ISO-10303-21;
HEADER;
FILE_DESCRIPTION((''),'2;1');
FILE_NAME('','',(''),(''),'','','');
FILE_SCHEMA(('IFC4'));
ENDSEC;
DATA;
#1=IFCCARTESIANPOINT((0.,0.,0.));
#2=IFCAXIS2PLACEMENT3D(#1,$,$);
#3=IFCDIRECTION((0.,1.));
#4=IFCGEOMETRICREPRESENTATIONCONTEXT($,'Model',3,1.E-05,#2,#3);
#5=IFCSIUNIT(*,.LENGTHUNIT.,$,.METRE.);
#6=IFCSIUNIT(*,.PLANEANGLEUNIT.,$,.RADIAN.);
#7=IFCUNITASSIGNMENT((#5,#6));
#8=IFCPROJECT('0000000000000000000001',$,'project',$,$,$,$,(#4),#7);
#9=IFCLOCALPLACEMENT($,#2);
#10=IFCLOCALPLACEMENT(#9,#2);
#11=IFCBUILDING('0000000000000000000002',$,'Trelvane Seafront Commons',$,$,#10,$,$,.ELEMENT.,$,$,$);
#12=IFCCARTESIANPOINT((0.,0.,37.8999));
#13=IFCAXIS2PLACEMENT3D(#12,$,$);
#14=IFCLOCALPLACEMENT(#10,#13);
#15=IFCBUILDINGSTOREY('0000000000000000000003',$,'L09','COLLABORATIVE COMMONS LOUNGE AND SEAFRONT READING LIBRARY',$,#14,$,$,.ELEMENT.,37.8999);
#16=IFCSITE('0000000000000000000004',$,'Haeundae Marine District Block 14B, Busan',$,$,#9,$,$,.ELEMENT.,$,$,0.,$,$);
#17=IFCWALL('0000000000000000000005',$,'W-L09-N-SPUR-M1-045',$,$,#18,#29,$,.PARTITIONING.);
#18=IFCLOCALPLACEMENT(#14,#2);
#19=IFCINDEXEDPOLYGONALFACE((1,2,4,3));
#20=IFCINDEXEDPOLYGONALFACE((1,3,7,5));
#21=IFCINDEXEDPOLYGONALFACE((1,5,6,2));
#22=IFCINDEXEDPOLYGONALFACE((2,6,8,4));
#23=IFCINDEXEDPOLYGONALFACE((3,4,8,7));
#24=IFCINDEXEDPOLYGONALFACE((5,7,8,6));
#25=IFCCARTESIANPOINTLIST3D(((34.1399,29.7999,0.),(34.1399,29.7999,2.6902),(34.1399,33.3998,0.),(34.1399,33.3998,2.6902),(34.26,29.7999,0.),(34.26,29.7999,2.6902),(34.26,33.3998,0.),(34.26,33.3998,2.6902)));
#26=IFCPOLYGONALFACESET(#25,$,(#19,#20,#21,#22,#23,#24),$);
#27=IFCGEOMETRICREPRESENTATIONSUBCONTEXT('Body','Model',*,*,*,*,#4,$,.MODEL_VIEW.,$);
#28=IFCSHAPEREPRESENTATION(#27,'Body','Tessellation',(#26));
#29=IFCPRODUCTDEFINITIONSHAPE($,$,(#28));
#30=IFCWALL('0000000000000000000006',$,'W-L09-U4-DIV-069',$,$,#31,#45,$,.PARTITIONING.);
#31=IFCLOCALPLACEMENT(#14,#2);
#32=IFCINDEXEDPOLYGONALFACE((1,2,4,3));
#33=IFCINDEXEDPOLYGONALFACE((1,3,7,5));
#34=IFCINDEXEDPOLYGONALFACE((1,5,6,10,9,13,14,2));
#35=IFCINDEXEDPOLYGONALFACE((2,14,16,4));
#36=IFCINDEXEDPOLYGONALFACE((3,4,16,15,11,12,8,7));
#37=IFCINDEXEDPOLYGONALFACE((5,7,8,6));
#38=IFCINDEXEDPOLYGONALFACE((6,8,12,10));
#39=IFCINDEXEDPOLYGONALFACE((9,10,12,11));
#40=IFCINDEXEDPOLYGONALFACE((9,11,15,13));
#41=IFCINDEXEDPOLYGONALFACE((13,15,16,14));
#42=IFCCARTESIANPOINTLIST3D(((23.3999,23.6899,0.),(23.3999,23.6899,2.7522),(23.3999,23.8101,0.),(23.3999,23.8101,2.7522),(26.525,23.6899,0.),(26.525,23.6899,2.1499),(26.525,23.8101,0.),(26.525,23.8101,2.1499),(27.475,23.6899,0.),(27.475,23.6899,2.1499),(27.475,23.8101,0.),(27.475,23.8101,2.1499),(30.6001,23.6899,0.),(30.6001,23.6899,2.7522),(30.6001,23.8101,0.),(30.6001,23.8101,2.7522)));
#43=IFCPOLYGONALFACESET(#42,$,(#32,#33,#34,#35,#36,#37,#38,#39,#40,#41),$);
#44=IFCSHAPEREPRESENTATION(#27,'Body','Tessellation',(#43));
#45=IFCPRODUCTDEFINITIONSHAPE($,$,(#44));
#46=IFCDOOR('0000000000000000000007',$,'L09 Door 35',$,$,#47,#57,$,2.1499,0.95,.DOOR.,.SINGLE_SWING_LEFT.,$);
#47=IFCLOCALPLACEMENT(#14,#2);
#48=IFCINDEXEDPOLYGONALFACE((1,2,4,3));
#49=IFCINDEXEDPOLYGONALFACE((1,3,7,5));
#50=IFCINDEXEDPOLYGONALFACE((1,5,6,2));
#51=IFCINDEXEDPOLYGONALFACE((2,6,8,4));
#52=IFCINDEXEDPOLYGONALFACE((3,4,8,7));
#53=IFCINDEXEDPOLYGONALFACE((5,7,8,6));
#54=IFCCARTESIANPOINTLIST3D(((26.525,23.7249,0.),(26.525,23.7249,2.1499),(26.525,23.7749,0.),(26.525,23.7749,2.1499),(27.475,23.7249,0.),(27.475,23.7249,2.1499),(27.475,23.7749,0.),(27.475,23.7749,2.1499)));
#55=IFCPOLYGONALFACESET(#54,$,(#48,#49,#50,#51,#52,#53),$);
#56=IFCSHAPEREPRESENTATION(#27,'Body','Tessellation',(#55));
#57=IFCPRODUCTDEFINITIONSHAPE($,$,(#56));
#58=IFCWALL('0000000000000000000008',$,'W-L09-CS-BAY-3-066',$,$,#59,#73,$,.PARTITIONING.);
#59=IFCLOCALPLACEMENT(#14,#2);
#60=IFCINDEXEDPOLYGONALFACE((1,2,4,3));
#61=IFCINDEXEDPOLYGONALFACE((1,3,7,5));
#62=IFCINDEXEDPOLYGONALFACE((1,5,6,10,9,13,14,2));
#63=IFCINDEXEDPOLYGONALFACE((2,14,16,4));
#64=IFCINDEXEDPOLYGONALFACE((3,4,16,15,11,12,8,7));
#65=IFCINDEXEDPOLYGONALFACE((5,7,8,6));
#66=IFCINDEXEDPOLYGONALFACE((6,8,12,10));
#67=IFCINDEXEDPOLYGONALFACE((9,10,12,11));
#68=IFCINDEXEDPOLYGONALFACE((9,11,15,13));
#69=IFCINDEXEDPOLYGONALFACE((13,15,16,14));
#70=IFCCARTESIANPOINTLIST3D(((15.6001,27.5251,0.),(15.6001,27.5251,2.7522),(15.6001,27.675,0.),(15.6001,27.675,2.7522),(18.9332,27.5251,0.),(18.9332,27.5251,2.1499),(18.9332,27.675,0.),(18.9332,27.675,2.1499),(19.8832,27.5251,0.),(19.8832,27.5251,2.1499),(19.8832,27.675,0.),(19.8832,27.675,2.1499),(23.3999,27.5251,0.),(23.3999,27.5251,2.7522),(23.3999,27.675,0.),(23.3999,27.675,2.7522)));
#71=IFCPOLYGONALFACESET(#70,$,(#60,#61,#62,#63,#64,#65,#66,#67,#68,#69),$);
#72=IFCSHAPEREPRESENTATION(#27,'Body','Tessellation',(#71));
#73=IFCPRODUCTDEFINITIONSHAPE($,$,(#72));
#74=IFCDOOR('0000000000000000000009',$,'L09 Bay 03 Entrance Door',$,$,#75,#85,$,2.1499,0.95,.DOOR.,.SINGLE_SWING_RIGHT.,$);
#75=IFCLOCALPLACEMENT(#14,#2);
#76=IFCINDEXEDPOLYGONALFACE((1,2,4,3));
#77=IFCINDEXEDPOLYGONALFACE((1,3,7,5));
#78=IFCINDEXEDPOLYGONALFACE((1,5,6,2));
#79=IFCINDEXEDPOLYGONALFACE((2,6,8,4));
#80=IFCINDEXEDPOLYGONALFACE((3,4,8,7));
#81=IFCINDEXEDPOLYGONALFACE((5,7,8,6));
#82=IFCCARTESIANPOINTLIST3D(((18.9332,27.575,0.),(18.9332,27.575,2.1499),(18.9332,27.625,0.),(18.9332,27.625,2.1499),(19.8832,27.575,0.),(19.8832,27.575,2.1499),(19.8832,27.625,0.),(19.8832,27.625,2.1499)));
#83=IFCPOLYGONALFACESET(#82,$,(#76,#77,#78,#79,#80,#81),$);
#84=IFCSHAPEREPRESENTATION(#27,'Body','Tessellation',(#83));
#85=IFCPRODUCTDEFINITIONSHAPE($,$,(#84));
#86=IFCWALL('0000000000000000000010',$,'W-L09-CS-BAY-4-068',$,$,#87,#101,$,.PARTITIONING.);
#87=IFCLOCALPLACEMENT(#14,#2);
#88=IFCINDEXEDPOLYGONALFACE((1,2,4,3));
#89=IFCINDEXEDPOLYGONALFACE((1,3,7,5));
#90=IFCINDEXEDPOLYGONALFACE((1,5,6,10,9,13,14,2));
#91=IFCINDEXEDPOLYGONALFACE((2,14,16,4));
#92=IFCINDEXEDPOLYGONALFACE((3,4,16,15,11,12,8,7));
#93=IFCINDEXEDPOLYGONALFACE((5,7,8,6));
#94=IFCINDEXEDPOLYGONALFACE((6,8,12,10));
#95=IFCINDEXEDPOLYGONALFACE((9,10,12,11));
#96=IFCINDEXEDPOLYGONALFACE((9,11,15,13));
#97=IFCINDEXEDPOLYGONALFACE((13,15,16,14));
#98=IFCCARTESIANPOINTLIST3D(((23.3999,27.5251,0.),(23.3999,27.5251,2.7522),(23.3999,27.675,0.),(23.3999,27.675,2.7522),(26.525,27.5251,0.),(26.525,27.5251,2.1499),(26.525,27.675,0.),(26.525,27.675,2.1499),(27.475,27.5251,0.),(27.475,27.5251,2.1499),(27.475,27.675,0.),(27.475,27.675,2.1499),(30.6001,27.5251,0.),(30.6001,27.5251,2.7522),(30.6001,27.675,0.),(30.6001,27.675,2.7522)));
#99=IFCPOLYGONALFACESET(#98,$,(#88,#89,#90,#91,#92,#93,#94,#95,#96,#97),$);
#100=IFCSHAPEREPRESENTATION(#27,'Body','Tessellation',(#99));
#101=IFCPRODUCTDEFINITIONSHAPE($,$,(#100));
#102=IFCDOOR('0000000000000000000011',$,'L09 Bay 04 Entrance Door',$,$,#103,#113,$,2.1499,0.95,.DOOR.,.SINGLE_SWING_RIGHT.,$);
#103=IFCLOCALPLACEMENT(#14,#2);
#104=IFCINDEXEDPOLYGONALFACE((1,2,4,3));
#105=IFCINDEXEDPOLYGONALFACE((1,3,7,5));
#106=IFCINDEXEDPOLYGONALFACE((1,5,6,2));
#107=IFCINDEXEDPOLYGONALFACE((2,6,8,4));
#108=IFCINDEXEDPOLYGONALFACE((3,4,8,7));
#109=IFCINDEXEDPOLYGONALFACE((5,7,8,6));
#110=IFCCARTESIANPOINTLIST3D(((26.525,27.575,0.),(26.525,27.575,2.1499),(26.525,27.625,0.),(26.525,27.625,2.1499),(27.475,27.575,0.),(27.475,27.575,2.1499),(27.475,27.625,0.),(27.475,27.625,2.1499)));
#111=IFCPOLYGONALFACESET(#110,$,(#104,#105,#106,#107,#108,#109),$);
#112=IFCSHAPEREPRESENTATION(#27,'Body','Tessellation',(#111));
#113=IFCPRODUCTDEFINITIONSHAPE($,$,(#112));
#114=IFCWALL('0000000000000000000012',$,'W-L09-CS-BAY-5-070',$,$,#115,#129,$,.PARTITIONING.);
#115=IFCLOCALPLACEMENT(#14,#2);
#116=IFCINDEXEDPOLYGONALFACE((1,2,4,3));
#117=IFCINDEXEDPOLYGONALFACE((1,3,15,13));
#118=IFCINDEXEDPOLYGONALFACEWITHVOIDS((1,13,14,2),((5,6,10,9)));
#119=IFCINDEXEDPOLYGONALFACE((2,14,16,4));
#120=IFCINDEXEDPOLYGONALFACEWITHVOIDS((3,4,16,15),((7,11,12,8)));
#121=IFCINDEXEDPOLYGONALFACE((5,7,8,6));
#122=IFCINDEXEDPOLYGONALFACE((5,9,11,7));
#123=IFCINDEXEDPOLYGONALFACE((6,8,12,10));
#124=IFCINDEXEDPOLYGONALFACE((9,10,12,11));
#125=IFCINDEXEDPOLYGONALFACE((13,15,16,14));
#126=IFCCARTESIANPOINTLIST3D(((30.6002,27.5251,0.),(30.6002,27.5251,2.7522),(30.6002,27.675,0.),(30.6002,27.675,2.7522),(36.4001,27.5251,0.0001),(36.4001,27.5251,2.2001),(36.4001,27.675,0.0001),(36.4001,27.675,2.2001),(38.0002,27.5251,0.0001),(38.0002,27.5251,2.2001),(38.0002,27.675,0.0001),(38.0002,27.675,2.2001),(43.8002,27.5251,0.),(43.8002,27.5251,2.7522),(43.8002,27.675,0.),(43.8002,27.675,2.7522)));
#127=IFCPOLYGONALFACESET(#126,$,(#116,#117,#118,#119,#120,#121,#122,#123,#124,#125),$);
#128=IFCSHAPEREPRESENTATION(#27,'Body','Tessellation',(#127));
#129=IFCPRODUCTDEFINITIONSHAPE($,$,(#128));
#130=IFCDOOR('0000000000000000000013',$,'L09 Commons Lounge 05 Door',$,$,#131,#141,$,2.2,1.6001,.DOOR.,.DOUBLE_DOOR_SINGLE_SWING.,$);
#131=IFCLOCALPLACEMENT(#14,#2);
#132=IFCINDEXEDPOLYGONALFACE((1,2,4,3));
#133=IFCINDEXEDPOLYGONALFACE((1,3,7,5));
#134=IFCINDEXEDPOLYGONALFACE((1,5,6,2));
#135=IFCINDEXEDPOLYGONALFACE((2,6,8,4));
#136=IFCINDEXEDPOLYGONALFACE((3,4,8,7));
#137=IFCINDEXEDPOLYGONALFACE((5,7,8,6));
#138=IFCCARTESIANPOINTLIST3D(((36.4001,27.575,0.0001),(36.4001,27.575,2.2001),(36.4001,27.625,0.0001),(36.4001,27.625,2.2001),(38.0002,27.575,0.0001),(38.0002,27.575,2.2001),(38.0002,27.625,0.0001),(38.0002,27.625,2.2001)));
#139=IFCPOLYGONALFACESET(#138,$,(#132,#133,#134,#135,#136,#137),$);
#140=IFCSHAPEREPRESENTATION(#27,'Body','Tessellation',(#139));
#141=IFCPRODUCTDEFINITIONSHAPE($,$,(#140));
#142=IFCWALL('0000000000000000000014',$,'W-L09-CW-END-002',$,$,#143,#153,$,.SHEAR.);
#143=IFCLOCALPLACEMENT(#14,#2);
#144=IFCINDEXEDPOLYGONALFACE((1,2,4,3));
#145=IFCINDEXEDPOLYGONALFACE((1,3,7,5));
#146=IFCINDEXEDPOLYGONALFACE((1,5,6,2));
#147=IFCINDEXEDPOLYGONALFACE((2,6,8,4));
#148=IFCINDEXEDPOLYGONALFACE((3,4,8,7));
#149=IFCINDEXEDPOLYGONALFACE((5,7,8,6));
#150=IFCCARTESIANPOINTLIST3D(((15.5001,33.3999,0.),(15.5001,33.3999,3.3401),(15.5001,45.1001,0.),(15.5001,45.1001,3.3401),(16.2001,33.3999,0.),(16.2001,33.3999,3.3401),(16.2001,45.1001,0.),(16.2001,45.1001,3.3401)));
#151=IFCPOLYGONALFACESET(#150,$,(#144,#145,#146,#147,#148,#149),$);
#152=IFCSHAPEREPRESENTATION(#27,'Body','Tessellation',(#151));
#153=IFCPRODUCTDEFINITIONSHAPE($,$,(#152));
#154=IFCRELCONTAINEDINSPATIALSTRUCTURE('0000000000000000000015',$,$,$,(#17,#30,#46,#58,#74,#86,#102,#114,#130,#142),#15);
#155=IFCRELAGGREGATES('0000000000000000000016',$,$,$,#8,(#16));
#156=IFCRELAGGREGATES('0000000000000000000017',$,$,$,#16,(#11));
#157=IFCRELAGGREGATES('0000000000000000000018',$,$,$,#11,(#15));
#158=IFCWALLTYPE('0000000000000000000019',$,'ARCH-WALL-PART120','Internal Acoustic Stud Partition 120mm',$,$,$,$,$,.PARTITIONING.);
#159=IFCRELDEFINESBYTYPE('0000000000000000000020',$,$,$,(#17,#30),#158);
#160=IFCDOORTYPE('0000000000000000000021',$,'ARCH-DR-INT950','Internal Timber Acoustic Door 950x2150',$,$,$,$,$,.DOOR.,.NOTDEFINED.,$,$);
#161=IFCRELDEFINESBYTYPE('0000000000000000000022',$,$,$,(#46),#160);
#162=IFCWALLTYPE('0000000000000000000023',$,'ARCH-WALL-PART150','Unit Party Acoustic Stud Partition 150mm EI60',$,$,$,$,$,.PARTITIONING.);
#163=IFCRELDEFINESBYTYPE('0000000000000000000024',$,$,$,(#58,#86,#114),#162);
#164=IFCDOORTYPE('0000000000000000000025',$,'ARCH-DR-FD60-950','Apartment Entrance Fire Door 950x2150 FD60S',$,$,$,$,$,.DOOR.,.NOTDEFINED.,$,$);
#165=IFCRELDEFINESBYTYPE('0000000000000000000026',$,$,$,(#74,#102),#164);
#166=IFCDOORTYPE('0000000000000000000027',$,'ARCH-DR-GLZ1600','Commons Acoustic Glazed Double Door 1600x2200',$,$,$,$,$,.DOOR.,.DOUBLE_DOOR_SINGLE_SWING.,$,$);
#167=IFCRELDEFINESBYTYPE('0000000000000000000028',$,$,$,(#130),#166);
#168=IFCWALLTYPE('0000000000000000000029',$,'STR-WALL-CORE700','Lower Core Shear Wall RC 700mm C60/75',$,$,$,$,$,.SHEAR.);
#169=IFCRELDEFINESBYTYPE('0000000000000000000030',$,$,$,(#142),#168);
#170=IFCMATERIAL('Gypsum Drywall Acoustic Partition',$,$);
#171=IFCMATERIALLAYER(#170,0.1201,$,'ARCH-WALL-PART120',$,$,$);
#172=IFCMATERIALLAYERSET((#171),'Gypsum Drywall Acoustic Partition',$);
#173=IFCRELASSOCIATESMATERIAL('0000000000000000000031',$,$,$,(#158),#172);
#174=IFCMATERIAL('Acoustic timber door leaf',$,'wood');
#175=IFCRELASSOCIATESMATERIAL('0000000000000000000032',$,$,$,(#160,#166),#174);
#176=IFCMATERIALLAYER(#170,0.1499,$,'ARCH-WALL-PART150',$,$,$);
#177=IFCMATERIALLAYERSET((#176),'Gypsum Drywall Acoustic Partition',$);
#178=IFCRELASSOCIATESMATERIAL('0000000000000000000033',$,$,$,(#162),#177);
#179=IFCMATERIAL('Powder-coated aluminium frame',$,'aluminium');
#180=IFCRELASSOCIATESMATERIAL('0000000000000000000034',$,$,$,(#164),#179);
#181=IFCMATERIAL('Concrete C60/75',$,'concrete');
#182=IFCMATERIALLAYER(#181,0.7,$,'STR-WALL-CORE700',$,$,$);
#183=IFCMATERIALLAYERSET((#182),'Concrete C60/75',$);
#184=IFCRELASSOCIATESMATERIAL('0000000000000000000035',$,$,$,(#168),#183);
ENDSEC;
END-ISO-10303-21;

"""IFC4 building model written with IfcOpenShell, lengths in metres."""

from ifc_helpers import new_model, si_unit, direction, frame, frame_2d, origin, place, context, subcontext, project, spatial, rectangle, extrude, source, transform, mapped, material, layer, layer_set, type_object, element, fill, save


model = new_model("IFC4")

# Units and contexts
model_context = context("Model", 3, precision=1e-05, world=origin(), true_north=direction((0.0, 1.0)))
body_context = subcontext(model_context, "Body", "Model", "MODEL_VIEW")
ifc_project = project(units=[si_unit("LENGTHUNIT", "METRE"), si_unit("PLANEANGLEUNIT", "RADIAN")], contexts=[model_context])

# Site, building, storey
site_placement = place(None, origin())
site = spatial("IfcSite", under=ifc_project, at=site_placement, Name="Haeundae Marine District Block 14B, Busan", CompositionType="ELEMENT", RefElevation=0.0)
building_placement = place(site_placement, origin())
building = spatial("IfcBuilding", under=site, at=building_placement, Name="Trelvane Seafront Commons", CompositionType="ELEMENT")
storey_placement = place(building_placement, frame((0.0, 0.0, 37.8999)))
storey = spatial("IfcBuildingStorey", under=building, at=storey_placement, Name="L09", Description="COLLABORATIVE COMMONS LOUNGE AND SEAFRONT READING LIBRARY", CompositionType="ELEMENT", Elevation=37.8999)

# Shared definitions
ifc_material_1 = material(Name="Concrete C60/75", Category="concrete")

# Shared definitions
ifc_material_2 = material(Name="Gypsum Drywall Acoustic Partition")
ifc_layer_1 = layer(ifc_material_2, 0.1201, Name="ARCH-WALL-PART120")
ifc_layer_set_1 = layer_set([ifc_layer_1], Name="Gypsum Drywall Acoustic Partition")
wall_type_1 = type_object("IfcWallType", Name="ARCH-WALL-PART120", Description="Internal Acoustic Stud Partition 120mm", PredefinedType="PARTITIONING", material=ifc_layer_set_1)
ifc_material_3 = material(Name="Acoustic timber door leaf", Category="wood")
door_type_1 = type_object("IfcDoorType", Name="ARCH-DR-INT950", Description="Internal Timber Acoustic Door 950x2150", OperationType="NOTDEFINED", PredefinedType="DOOR", material=ifc_material_3)
shared_shape_1 = source(origin(), body_context, "Body", "SweptSolid", [
    extrude(rectangle(XDim=0.95, YDim=2.1499, at=frame_2d((0.4751, 1.075))), frame((0.0, 0.0249, 0.0), z_axis=(0.0, -1.0, 0.0), x_axis=(1.0, 0.0, 0.0)), (0.0, 0.0, 1.0), 0.05),
])

# Wall
for number, where, z_axis, x_axis, name in (
    (1, (34.2, 29.8, 0.0), (0.0, 0.0, 1.0), (0.0, 1.0, 0.0), "W-L09-N-SPUR-M1-045"),
):
    element("IfcWall", number, at=place(storey_placement, frame(where, z_axis=z_axis, x_axis=x_axis)), inside=storey, type_object=wall_type_1, Name=name, PredefinedType="PARTITIONING", context=body_context, shape_type="SweptSolid", body=[
        extrude(rectangle(XDim=3.5999, YDim=0.1201, at=frame_2d((1.7998, 0.0))), origin(), (0.0, 0.0, 1.0), 2.6902),
    ])

# Walls, openings, doors
wall_1_placement = place(storey_placement, frame((23.3999, 23.75, 0.0), z_axis=(0.0, 0.0, 1.0), x_axis=(1.0, 0.0, 0.0)))
wall_1 = element("IfcWall", 2, at=wall_1_placement, inside=storey, type_object=wall_type_1, Name="W-L09-U4-DIV-069", PredefinedType="PARTITIONING", context=body_context, shape_type="SweptSolid", body=[
    extrude(rectangle(XDim=7.2002, YDim=0.1201, at=frame_2d((3.6001, 0.0))), origin(), (0.0, 0.0, 1.0), 2.7522),
])
opening_1_placement = place(wall_1_placement, frame((3.125, 0.0, 0.0)))
opening_1 = element("IfcOpeningElement", 3, at=opening_1_placement, cuts=wall_1, PredefinedType="OPENING", context=body_context, shape_type="SweptSolid", body=[
    extrude(rectangle(XDim=0.95, YDim=2.1499, at=frame_2d((0.4751, 1.075))), frame((0.0, 0.0701, 0.0), z_axis=(0.0, -1.0, 0.0), x_axis=(1.0, 0.0, 0.0)), (0.0, 0.0, 1.0), 0.1401),
])
door_1_placement = place(opening_1_placement, origin())
door_1 = element("IfcDoor", 4, at=door_1_placement, inside=storey, type_object=door_type_1, Name="L09 Door 35", OperationType="SINGLE_SWING_LEFT", OverallHeight=2.1499, OverallWidth=0.95, PredefinedType="DOOR", context=body_context, shape_type="MappedRepresentation", body=[
    mapped(shared_shape_1, transform((0.0, 0.0, 0.0), x_axis=(1.0, 0.0, 0.0), y_axis=(0.0, 1.0, 0.0), z_axis=(0.0, 0.0, 1.0), scale=1.0)),
])
fill(opening_1, door_1)
ifc_layer_2 = layer(ifc_material_2, 0.1499, Name="ARCH-WALL-PART150")
ifc_layer_set_2 = layer_set([ifc_layer_2], Name="Gypsum Drywall Acoustic Partition")
wall_type_2 = type_object("IfcWallType", Name="ARCH-WALL-PART150", Description="Unit Party Acoustic Stud Partition 150mm EI60", PredefinedType="PARTITIONING", material=ifc_layer_set_2)
wall_2_placement = place(storey_placement, frame((15.6001, 27.6001, 0.0), z_axis=(0.0, 0.0, 1.0), x_axis=(1.0, 0.0, 0.0)))
wall_2 = element("IfcWall", 5, at=wall_2_placement, inside=storey, type_object=wall_type_2, Name="W-L09-CS-BAY-3-066", PredefinedType="PARTITIONING", context=body_context, shape_type="SweptSolid", body=[
    extrude(rectangle(XDim=7.7998, YDim=0.1499, at=frame_2d((3.8999, 0.0))), origin(), (0.0, 0.0, 1.0), 2.7522),
])
opening_2_placement = place(wall_2_placement, frame((3.333, 0.0, 0.0)))
opening_2 = element("IfcOpeningElement", 6, at=opening_2_placement, cuts=wall_2, PredefinedType="OPENING", context=body_context, shape_type="SweptSolid", body=[
    extrude(rectangle(XDim=0.95, YDim=2.1499, at=frame_2d((0.4751, 1.075))), frame((0.0, 0.085, 0.0), z_axis=(0.0, -1.0, 0.0), x_axis=(1.0, 0.0, 0.0)), (0.0, 0.0, 1.0), 0.1699),
])
ifc_material_4 = material(Name="Powder-coated aluminium frame", Category="aluminium")
door_type_2 = type_object("IfcDoorType", Name="ARCH-DR-FD60-950", Description="Apartment Entrance Fire Door 950x2150 FD60S", OperationType="NOTDEFINED", PredefinedType="DOOR", material=ifc_material_4)
door_2_placement = place(opening_2_placement, origin())
door_2 = element("IfcDoor", 7, at=door_2_placement, inside=storey, type_object=door_type_2, Name="L09 Bay 03 Entrance Door", OperationType="SINGLE_SWING_RIGHT", OverallHeight=2.1499, OverallWidth=0.95, PredefinedType="DOOR", context=body_context, shape_type="MappedRepresentation", body=[
    mapped(shared_shape_1, transform((0.0, 0.0, 0.0), x_axis=(1.0, 0.0, 0.0), y_axis=(0.0, 1.0, 0.0), z_axis=(0.0, 0.0, 1.0), scale=1.0)),
])
fill(opening_2, door_2)
wall_3_placement = place(storey_placement, frame((23.3999, 27.6001, 0.0), z_axis=(0.0, 0.0, 1.0), x_axis=(1.0, 0.0, 0.0)))
wall_3 = element("IfcWall", 8, at=wall_3_placement, inside=storey, type_object=wall_type_2, Name="W-L09-CS-BAY-4-068", PredefinedType="PARTITIONING", context=body_context, shape_type="SweptSolid", body=[
    extrude(rectangle(XDim=7.2002, YDim=0.1499, at=frame_2d((3.6001, 0.0))), origin(), (0.0, 0.0, 1.0), 2.7522),
])
opening_3_placement = place(wall_3_placement, frame((3.125, 0.0, 0.0)))
opening_3 = element("IfcOpeningElement", 9, at=opening_3_placement, cuts=wall_3, PredefinedType="OPENING", context=body_context, shape_type="SweptSolid", body=[
    extrude(rectangle(XDim=0.95, YDim=2.1499, at=frame_2d((0.4751, 1.075))), frame((0.0, 0.085, 0.0), z_axis=(0.0, -1.0, 0.0), x_axis=(1.0, 0.0, 0.0)), (0.0, 0.0, 1.0), 0.1699),
])
door_3_placement = place(opening_3_placement, origin())
door_3 = element("IfcDoor", 10, at=door_3_placement, inside=storey, type_object=door_type_2, Name="L09 Bay 04 Entrance Door", OperationType="SINGLE_SWING_RIGHT", OverallHeight=2.1499, OverallWidth=0.95, PredefinedType="DOOR", context=body_context, shape_type="MappedRepresentation", body=[
    mapped(shared_shape_1, transform((0.0, 0.0, 0.0), x_axis=(1.0, 0.0, 0.0), y_axis=(0.0, 1.0, 0.0), z_axis=(0.0, 0.0, 1.0), scale=1.0)),
])
fill(opening_3, door_3)
wall_4_placement = place(storey_placement, frame((30.6001, 27.6001, 0.0), z_axis=(0.0, 0.0, 1.0), x_axis=(1.0, 0.0, 0.0)))
wall_4 = element("IfcWall", 11, at=wall_4_placement, inside=storey, type_object=wall_type_2, Name="W-L09-CS-BAY-5-070", PredefinedType="PARTITIONING", context=body_context, shape_type="SweptSolid", body=[
    extrude(rectangle(XDim=13.2, YDim=0.1499, at=frame_2d((6.6001, 0.0))), origin(), (0.0, 0.0, 1.0), 2.7522),
])
opening_4_placement = place(wall_4_placement, frame((5.8, 0.0, 0.0)))
opening_4 = element("IfcOpeningElement", 12, at=opening_4_placement, cuts=wall_4, PredefinedType="OPENING", context=body_context, shape_type="SweptSolid", body=[
    extrude(rectangle(XDim=1.6001, YDim=2.2, at=frame_2d((0.8, 1.1001))), frame((0.0, 0.085, 0.0), z_axis=(0.0, -1.0, 0.0), x_axis=(1.0, 0.0, 0.0)), (0.0, 0.0, 1.0), 0.1699),
])
door_type_3 = type_object("IfcDoorType", Name="ARCH-DR-GLZ1600", Description="Commons Acoustic Glazed Double Door 1600x2200", OperationType="DOUBLE_DOOR_SINGLE_SWING", PredefinedType="DOOR", material=ifc_material_3)
shared_shape_2 = source(origin(), body_context, "Body", "SweptSolid", [
    extrude(rectangle(XDim=1.6001, YDim=2.2, at=frame_2d((0.8, 1.1001))), frame((0.0, 0.0249, 0.0), z_axis=(0.0, -1.0, 0.0), x_axis=(1.0, 0.0, 0.0)), (0.0, 0.0, 1.0), 0.05),
])
door_4_placement = place(opening_4_placement, origin())
door_4 = element("IfcDoor", 13, at=door_4_placement, inside=storey, type_object=door_type_3, Name="L09 Commons Lounge 05 Door", OperationType="DOUBLE_DOOR_SINGLE_SWING", OverallHeight=2.2, OverallWidth=1.6001, PredefinedType="DOOR", context=body_context, shape_type="MappedRepresentation", body=[
    mapped(shared_shape_2, transform((0.0, 0.0, 0.0), x_axis=(1.0, 0.0, 0.0), y_axis=(0.0, 1.0, 0.0), z_axis=(0.0, 0.0, 1.0), scale=1.0)),
])
fill(opening_4, door_4)

# Wall
ifc_layer_3 = layer(ifc_material_1, 0.7, Name="STR-WALL-CORE700")
ifc_layer_set_3 = layer_set([ifc_layer_3], Name="Concrete C60/75")
wall_type_3 = type_object("IfcWallType", Name="STR-WALL-CORE700", Description="Lower Core Shear Wall RC 700mm C60/75", PredefinedType="SHEAR", material=ifc_layer_set_3)
wall_5_placement = place(storey_placement, frame((15.8501, 33.3999, 0.0), z_axis=(0.0, 0.0, 1.0), x_axis=(0.0, 1.0, 0.0)))
element("IfcWall", 14, at=wall_5_placement, inside=storey, type_object=wall_type_3, Name="W-L09-CW-END-002", PredefinedType="SHEAR", context=body_context, shape_type="SweptSolid", body=[
    extrude(rectangle(XDim=11.7002, YDim=0.7, at=frame_2d((5.8501, 0.0))), origin(), (0.0, 0.0, 1.0), 3.3401),
])

save(model, "model.ifc")
